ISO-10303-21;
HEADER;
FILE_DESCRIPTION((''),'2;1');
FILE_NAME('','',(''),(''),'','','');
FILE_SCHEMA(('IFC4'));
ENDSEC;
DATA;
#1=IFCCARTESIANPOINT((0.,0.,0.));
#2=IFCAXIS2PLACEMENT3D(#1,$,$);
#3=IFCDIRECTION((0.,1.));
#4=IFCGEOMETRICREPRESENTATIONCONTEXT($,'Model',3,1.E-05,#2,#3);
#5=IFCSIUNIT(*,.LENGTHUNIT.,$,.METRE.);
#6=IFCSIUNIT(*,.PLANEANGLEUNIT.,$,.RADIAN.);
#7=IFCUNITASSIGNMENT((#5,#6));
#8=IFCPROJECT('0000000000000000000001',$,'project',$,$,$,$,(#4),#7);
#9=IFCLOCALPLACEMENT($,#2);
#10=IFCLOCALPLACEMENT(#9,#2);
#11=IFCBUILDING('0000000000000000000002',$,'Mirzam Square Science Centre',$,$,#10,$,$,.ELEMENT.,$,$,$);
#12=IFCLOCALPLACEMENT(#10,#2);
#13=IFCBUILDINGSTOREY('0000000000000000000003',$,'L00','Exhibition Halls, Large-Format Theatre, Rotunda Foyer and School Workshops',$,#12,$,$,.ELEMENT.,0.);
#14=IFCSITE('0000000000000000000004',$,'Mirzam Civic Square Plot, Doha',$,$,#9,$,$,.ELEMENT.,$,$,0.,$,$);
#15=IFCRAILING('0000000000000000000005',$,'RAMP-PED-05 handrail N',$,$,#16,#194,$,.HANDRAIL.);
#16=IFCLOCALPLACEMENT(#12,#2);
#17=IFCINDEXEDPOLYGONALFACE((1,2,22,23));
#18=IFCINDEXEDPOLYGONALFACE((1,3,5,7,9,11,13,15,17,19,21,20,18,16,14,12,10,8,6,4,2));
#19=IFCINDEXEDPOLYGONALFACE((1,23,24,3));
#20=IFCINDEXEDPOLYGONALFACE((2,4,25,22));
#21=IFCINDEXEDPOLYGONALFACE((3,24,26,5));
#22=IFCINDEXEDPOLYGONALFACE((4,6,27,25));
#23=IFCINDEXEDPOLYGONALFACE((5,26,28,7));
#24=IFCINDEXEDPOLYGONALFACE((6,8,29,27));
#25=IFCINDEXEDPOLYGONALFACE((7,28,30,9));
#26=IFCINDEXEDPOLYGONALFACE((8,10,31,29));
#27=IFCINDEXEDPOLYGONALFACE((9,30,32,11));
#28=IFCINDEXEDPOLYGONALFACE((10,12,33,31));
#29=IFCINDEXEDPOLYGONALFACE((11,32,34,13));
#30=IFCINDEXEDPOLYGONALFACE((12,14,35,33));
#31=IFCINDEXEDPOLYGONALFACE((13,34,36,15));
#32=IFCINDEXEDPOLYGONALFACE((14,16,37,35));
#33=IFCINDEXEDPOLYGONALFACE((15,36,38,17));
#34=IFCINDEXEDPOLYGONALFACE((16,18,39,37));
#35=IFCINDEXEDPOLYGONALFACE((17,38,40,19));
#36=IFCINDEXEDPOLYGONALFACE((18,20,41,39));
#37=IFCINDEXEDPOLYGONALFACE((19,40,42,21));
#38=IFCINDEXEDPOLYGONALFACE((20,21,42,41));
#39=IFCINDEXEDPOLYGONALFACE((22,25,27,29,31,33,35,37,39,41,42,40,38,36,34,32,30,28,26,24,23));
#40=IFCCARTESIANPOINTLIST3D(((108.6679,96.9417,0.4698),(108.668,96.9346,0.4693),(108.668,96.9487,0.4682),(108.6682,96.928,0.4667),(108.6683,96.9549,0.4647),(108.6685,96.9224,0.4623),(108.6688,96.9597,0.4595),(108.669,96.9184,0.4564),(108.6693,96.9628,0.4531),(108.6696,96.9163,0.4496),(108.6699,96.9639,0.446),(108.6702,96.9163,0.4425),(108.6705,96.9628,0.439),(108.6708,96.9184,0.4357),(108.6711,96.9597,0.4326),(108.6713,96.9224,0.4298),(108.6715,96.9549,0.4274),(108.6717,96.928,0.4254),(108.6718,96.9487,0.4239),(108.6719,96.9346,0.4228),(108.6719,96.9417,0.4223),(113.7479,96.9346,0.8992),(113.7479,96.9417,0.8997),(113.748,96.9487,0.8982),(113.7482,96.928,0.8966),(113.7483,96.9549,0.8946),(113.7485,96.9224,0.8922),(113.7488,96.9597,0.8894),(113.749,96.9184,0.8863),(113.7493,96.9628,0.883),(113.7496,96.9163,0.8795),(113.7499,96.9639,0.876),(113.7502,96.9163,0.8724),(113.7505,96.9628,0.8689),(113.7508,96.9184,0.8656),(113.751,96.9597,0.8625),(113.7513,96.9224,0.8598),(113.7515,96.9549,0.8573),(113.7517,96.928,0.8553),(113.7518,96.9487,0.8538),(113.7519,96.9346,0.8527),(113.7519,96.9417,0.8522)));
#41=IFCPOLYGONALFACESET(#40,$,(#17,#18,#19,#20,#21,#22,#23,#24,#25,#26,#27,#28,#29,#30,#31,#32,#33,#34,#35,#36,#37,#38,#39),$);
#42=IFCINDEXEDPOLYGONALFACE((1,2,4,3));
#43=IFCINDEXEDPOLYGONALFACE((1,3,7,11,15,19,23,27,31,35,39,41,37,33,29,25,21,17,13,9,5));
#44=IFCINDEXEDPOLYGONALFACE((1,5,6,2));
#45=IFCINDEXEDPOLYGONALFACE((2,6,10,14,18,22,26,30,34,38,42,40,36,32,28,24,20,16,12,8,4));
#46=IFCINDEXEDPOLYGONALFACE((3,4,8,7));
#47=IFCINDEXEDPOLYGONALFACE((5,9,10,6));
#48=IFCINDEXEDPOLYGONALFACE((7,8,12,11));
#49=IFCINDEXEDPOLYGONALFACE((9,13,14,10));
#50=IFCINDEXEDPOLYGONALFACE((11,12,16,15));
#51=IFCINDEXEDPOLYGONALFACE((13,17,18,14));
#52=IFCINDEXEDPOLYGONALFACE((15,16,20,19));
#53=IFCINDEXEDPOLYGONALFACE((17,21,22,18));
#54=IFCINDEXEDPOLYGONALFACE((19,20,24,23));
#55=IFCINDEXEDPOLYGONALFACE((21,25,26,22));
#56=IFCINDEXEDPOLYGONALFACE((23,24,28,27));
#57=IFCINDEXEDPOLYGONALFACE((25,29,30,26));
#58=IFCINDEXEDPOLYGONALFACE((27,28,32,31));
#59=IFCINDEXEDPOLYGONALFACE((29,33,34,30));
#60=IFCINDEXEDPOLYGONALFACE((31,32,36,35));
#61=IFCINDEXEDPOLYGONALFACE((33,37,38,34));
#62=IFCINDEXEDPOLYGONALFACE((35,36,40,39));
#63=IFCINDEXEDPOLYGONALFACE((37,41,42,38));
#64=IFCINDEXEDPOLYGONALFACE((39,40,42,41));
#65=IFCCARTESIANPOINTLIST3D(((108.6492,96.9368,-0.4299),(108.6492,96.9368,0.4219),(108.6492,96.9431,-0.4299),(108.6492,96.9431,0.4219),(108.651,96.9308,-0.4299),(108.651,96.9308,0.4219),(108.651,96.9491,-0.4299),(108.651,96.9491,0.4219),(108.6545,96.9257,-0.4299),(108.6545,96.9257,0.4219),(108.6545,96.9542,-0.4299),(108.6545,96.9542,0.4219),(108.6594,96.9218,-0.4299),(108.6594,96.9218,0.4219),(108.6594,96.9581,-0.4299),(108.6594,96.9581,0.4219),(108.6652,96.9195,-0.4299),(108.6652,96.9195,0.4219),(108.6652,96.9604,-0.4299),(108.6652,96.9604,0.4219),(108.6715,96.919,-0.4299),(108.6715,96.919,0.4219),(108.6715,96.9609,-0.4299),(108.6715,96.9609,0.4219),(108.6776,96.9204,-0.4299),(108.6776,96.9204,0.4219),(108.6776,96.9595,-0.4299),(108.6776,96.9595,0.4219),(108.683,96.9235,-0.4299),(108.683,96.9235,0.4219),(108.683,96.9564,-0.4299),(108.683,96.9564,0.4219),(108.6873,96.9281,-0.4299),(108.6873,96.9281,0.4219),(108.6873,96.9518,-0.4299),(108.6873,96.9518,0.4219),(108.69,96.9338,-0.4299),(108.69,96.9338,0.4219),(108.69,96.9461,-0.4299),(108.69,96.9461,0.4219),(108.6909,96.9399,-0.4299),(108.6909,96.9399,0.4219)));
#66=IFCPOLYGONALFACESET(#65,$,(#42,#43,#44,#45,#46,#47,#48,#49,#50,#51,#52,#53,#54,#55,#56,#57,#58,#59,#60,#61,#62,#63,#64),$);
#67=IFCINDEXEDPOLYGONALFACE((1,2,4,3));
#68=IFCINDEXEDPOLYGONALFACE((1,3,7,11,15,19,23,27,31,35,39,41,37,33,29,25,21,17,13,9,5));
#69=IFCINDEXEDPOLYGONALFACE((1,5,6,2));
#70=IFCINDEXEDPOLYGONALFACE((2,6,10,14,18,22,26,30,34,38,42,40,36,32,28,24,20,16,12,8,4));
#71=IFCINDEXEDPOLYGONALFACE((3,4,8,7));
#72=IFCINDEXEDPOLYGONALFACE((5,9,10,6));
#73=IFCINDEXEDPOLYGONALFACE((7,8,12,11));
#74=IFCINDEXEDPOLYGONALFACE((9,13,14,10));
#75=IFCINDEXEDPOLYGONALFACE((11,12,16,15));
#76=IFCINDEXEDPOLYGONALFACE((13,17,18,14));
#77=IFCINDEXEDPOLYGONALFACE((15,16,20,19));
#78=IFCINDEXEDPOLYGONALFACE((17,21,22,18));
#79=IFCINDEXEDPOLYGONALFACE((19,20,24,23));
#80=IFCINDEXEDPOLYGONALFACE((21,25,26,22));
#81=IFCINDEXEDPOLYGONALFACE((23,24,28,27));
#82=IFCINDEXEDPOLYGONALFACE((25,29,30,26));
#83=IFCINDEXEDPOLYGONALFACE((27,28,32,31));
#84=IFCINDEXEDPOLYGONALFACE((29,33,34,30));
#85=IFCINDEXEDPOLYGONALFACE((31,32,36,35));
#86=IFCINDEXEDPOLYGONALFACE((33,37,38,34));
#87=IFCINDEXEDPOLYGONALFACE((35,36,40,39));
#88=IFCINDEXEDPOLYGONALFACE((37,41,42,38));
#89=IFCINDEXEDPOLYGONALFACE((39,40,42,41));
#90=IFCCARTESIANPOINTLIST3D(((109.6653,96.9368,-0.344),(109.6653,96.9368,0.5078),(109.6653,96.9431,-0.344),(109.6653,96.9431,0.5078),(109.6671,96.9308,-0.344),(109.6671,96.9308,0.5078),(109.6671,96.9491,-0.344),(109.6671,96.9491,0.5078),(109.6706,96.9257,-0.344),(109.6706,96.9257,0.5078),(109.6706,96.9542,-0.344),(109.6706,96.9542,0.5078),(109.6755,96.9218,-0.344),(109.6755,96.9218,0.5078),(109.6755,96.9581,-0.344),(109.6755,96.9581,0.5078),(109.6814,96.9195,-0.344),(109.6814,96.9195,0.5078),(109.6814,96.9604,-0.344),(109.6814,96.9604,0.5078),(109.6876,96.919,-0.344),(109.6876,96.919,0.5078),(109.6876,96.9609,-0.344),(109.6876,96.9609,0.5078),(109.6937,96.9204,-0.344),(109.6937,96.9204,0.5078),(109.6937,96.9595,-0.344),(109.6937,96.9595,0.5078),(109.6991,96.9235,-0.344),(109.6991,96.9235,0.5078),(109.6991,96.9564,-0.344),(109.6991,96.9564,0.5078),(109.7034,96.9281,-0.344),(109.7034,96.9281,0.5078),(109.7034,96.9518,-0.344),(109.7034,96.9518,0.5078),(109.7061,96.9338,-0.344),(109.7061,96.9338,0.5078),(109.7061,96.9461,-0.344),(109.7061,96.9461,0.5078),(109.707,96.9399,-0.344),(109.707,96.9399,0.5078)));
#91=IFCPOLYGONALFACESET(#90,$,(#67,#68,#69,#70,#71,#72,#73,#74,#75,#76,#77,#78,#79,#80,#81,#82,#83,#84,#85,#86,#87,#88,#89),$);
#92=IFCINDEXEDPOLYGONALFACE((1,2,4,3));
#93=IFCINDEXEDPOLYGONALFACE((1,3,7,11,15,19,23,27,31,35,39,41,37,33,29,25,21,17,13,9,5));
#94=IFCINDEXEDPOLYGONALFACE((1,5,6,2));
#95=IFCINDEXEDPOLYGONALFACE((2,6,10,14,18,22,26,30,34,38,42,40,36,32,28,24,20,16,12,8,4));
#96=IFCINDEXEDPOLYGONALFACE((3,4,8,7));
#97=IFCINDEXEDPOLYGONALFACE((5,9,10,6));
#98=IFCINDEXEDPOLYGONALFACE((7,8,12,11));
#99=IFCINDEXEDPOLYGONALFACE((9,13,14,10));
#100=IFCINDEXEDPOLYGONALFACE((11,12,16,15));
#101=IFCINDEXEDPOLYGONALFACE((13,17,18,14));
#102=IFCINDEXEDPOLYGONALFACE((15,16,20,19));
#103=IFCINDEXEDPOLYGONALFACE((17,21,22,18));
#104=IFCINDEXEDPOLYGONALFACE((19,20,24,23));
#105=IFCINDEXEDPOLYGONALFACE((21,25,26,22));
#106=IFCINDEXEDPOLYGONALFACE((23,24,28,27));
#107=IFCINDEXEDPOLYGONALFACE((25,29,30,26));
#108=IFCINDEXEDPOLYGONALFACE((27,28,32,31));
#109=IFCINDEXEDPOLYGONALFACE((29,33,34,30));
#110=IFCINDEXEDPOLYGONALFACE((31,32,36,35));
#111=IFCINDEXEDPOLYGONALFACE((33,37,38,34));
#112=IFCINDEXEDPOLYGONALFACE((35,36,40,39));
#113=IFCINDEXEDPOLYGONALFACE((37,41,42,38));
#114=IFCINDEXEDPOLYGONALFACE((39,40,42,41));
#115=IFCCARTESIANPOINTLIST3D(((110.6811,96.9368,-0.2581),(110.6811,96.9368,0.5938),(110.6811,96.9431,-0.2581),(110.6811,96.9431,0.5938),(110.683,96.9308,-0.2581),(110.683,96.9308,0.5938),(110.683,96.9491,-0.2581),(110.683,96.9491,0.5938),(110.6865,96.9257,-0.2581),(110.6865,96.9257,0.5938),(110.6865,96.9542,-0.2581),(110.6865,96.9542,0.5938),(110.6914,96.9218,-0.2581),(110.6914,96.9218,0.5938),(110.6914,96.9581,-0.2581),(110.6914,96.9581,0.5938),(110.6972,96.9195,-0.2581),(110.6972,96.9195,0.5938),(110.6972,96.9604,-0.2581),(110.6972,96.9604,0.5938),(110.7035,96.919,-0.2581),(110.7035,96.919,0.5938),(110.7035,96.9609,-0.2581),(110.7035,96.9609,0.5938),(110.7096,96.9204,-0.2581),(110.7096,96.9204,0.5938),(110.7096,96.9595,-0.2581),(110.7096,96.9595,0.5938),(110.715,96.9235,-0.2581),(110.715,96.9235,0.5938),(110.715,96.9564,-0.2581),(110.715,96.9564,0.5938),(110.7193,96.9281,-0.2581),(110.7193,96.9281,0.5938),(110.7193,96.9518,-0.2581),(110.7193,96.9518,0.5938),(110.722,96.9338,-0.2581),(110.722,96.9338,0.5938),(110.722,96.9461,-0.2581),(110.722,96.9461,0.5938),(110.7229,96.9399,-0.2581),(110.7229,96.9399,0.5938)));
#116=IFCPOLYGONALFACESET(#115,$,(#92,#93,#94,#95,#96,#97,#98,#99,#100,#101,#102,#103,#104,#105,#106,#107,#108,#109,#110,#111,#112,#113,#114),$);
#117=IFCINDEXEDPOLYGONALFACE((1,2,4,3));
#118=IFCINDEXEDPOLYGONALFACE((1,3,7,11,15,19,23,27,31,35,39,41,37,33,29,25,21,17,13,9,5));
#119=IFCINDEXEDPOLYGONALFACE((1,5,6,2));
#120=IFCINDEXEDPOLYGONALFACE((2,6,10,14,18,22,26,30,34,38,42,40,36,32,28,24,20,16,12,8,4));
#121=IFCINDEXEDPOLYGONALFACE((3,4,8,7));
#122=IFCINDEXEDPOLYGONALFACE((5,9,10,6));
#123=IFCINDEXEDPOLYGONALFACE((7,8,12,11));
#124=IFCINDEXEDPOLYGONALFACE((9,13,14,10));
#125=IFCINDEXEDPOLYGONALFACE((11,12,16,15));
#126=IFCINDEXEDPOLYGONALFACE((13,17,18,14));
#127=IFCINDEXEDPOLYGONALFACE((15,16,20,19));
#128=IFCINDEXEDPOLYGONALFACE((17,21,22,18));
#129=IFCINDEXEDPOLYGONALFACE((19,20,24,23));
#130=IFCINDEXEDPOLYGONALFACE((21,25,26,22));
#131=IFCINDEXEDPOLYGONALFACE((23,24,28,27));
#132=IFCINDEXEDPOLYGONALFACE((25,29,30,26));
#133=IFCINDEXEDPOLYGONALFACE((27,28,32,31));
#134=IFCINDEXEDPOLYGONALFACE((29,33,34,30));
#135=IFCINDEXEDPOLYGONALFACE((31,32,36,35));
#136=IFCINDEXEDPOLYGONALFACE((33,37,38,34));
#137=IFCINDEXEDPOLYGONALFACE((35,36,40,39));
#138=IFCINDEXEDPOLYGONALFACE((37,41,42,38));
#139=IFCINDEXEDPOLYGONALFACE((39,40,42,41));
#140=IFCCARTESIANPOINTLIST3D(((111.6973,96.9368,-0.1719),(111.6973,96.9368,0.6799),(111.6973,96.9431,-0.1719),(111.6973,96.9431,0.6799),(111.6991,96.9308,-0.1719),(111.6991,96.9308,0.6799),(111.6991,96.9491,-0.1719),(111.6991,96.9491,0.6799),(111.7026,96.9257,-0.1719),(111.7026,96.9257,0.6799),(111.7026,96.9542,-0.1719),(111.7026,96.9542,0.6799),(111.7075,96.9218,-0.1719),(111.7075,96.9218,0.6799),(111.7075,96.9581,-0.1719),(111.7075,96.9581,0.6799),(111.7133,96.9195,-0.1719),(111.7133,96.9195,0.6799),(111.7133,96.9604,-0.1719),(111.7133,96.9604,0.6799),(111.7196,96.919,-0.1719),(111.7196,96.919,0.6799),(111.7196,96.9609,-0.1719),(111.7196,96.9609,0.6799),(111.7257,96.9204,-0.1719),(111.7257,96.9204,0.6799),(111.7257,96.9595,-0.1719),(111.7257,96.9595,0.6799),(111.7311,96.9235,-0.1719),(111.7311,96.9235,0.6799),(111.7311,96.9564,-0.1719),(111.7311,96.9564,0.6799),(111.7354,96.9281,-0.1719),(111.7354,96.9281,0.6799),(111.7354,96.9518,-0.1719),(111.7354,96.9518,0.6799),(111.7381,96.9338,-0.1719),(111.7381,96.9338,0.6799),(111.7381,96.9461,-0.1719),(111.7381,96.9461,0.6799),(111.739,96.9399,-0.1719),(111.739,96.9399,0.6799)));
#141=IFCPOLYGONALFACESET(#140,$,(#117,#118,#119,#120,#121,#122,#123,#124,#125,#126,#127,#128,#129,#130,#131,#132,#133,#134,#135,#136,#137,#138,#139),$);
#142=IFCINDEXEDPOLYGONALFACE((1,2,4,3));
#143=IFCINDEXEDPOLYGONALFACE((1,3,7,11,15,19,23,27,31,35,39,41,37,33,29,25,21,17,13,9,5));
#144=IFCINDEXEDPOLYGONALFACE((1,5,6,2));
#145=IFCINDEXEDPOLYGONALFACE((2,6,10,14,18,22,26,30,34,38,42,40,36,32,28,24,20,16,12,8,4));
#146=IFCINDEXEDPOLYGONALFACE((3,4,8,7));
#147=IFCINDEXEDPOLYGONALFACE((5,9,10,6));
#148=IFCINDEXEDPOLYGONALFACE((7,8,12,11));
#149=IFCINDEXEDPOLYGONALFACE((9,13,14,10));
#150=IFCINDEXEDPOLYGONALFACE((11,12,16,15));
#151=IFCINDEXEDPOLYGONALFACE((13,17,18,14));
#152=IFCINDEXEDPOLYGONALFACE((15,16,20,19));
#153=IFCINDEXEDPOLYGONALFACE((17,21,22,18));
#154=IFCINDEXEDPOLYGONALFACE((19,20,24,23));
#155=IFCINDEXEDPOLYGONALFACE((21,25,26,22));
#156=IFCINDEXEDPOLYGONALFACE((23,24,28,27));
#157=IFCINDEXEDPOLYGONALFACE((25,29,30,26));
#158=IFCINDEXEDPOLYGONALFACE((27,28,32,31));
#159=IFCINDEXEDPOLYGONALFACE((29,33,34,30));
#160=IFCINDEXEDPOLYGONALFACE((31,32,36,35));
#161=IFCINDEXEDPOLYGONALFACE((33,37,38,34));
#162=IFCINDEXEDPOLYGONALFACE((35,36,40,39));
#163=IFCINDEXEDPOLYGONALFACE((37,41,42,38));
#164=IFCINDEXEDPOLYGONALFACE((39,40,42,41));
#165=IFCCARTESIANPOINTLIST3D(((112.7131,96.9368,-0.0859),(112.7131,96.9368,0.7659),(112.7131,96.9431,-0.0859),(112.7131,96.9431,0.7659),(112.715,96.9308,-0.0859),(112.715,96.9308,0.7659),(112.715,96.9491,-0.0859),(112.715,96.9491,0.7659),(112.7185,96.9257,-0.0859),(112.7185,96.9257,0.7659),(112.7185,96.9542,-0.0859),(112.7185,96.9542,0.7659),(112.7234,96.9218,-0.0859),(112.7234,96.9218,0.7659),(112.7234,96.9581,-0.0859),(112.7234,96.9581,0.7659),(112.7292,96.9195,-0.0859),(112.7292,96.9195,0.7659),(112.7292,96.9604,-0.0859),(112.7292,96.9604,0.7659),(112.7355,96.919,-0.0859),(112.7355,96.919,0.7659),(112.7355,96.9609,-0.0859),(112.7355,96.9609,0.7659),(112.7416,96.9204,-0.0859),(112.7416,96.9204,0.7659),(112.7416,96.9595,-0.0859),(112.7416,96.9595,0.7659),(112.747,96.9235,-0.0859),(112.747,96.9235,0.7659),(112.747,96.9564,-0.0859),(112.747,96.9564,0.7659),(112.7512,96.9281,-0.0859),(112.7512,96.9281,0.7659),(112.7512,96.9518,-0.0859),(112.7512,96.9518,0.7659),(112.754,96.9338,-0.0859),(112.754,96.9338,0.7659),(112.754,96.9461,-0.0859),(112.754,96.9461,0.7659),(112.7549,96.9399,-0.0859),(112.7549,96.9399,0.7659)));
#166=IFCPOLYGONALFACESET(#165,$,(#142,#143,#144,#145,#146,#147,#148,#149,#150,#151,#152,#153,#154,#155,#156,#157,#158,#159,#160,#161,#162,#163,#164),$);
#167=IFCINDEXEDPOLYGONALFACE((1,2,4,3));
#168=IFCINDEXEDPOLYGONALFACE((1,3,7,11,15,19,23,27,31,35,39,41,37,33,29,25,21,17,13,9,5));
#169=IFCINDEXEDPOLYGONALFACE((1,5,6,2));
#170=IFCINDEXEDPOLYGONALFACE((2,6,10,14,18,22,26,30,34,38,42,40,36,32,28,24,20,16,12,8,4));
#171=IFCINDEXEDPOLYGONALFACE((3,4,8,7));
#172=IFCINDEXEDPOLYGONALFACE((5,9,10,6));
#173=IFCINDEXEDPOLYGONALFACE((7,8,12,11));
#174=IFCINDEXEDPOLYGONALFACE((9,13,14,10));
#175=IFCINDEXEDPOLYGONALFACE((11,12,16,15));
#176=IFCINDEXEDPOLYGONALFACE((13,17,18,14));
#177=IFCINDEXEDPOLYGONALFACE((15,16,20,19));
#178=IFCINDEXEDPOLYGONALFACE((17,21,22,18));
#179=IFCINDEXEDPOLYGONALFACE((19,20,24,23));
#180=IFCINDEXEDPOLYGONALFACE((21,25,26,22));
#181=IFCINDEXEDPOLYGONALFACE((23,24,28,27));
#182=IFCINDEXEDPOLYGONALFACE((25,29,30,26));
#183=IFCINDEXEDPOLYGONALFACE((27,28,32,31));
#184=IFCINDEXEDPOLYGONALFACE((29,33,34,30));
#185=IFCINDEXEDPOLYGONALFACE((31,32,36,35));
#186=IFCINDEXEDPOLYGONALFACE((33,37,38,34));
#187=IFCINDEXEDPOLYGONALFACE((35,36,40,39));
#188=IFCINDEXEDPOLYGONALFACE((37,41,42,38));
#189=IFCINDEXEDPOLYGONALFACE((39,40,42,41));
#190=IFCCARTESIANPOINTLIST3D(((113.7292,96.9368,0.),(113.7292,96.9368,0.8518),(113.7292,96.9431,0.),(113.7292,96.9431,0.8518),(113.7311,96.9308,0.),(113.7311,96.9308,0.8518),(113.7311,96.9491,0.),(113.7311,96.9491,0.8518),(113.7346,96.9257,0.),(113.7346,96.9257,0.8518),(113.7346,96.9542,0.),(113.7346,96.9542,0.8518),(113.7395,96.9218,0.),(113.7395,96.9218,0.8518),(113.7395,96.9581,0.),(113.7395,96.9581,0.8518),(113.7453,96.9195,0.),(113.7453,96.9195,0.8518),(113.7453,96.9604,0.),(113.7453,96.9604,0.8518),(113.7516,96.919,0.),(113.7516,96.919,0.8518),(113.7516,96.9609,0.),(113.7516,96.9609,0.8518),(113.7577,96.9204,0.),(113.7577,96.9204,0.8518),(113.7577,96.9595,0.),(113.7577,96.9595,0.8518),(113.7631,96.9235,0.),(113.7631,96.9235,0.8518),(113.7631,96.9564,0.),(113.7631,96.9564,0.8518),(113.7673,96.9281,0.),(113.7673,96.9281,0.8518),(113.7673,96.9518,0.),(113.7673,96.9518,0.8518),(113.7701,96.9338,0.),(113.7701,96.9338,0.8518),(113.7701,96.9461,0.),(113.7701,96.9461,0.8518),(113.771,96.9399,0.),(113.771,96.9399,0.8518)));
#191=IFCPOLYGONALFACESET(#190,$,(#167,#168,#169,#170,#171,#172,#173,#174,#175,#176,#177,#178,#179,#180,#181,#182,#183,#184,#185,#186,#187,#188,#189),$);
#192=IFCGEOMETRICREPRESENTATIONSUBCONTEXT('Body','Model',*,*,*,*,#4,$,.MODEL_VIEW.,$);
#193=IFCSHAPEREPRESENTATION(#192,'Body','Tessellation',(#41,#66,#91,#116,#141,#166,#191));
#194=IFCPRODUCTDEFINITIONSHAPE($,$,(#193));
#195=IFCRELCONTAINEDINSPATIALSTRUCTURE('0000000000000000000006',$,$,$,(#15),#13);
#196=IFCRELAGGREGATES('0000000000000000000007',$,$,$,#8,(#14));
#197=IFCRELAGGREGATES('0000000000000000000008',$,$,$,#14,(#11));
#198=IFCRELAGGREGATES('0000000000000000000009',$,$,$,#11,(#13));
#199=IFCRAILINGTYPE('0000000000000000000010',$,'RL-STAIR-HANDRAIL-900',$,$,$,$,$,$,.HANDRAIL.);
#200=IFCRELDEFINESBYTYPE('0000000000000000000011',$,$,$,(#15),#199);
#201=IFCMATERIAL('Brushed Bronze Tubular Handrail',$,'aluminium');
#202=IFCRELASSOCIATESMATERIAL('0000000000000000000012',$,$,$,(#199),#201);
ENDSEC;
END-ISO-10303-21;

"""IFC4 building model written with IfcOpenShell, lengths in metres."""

from ifc_helpers import new_model, si_unit, direction, frame, origin, origin_2d, place, context, subcontext, project, spatial, circle, extrude, material, type_object, element, save


model = new_model("IFC4")

# Units and contexts
model_context = context("Model", 3, precision=1e-05, world=origin(), true_north=direction((0.0, 1.0)))
body_context = subcontext(model_context, "Body", "Model", "MODEL_VIEW")
ifc_project = project(units=[si_unit("LENGTHUNIT", "METRE"), si_unit("PLANEANGLEUNIT", "RADIAN")], contexts=[model_context])

# Site, building, storey
site_placement = place(None, origin())
site = spatial("IfcSite", under=ifc_project, at=site_placement, Name="Mirzam Civic Square Plot, Doha", CompositionType="ELEMENT", RefElevation=0.0)
building_placement = place(site_placement, origin())
building = spatial("IfcBuilding", under=site, at=building_placement, Name="Mirzam Square Science Centre", CompositionType="ELEMENT")
storey_placement = place(building_placement, origin())
storey = spatial("IfcBuildingStorey", under=building, at=storey_placement, Name="L00", Description="Exhibition Halls, Large-Format Theatre, Rotunda Foyer and School Workshops", CompositionType="ELEMENT", Elevation=0.0)

# Railing
ifc_material_1 = material(Name="Brushed Bronze Tubular Handrail", Category="aluminium")
railing_type = type_object("IfcRailingType", Name="RL-STAIR-HANDRAIL-900", PredefinedType="HANDRAIL", material=ifc_material_1)
for number, where, name in (
    (1, (108.6699, 96.9399, -0.4299), "RAMP-PED-05 handrail N"),
):
    element("IfcRailing", number, at=place(storey_placement, frame(where)), inside=storey, type_object=railing_type, Name=name, PredefinedType="HANDRAIL", context=body_context, shape_type="SweptSolid", body=[
        extrude(circle(Radius=0.0239, at=origin_2d()), frame((0.0, 0.0, 0.876), z_axis=(0.996438, 0.0, 0.084329), x_axis=(0.0, 1.0, 0.0)), (0.0, 0.0, 1.0), 5.0981),
        extrude(circle(Radius=0.021, at=origin_2d()), origin(), (0.0, 0.0, 1.0), 0.8518),
        extrude(circle(Radius=0.021, at=origin_2d()), frame((1.0161, 0.0, 0.0859)), (0.0, 0.0, 1.0), 0.8518),
        extrude(circle(Radius=0.021, at=origin_2d()), frame((2.032, 0.0, 0.1719)), (0.0, 0.0, 1.0), 0.8518),
        extrude(circle(Radius=0.021, at=origin_2d()), frame((3.0481, 0.0, 0.2581)), (0.0, 0.0, 1.0), 0.8518),
        extrude(circle(Radius=0.021, at=origin_2d()), frame((4.064, 0.0, 0.344)), (0.0, 0.0, 1.0), 0.8518),
        extrude(circle(Radius=0.021, at=origin_2d()), frame((5.0801, 0.0, 0.4299)), (0.0, 0.0, 1.0), 0.8518),
    ])

save(model, "model.ifc")
